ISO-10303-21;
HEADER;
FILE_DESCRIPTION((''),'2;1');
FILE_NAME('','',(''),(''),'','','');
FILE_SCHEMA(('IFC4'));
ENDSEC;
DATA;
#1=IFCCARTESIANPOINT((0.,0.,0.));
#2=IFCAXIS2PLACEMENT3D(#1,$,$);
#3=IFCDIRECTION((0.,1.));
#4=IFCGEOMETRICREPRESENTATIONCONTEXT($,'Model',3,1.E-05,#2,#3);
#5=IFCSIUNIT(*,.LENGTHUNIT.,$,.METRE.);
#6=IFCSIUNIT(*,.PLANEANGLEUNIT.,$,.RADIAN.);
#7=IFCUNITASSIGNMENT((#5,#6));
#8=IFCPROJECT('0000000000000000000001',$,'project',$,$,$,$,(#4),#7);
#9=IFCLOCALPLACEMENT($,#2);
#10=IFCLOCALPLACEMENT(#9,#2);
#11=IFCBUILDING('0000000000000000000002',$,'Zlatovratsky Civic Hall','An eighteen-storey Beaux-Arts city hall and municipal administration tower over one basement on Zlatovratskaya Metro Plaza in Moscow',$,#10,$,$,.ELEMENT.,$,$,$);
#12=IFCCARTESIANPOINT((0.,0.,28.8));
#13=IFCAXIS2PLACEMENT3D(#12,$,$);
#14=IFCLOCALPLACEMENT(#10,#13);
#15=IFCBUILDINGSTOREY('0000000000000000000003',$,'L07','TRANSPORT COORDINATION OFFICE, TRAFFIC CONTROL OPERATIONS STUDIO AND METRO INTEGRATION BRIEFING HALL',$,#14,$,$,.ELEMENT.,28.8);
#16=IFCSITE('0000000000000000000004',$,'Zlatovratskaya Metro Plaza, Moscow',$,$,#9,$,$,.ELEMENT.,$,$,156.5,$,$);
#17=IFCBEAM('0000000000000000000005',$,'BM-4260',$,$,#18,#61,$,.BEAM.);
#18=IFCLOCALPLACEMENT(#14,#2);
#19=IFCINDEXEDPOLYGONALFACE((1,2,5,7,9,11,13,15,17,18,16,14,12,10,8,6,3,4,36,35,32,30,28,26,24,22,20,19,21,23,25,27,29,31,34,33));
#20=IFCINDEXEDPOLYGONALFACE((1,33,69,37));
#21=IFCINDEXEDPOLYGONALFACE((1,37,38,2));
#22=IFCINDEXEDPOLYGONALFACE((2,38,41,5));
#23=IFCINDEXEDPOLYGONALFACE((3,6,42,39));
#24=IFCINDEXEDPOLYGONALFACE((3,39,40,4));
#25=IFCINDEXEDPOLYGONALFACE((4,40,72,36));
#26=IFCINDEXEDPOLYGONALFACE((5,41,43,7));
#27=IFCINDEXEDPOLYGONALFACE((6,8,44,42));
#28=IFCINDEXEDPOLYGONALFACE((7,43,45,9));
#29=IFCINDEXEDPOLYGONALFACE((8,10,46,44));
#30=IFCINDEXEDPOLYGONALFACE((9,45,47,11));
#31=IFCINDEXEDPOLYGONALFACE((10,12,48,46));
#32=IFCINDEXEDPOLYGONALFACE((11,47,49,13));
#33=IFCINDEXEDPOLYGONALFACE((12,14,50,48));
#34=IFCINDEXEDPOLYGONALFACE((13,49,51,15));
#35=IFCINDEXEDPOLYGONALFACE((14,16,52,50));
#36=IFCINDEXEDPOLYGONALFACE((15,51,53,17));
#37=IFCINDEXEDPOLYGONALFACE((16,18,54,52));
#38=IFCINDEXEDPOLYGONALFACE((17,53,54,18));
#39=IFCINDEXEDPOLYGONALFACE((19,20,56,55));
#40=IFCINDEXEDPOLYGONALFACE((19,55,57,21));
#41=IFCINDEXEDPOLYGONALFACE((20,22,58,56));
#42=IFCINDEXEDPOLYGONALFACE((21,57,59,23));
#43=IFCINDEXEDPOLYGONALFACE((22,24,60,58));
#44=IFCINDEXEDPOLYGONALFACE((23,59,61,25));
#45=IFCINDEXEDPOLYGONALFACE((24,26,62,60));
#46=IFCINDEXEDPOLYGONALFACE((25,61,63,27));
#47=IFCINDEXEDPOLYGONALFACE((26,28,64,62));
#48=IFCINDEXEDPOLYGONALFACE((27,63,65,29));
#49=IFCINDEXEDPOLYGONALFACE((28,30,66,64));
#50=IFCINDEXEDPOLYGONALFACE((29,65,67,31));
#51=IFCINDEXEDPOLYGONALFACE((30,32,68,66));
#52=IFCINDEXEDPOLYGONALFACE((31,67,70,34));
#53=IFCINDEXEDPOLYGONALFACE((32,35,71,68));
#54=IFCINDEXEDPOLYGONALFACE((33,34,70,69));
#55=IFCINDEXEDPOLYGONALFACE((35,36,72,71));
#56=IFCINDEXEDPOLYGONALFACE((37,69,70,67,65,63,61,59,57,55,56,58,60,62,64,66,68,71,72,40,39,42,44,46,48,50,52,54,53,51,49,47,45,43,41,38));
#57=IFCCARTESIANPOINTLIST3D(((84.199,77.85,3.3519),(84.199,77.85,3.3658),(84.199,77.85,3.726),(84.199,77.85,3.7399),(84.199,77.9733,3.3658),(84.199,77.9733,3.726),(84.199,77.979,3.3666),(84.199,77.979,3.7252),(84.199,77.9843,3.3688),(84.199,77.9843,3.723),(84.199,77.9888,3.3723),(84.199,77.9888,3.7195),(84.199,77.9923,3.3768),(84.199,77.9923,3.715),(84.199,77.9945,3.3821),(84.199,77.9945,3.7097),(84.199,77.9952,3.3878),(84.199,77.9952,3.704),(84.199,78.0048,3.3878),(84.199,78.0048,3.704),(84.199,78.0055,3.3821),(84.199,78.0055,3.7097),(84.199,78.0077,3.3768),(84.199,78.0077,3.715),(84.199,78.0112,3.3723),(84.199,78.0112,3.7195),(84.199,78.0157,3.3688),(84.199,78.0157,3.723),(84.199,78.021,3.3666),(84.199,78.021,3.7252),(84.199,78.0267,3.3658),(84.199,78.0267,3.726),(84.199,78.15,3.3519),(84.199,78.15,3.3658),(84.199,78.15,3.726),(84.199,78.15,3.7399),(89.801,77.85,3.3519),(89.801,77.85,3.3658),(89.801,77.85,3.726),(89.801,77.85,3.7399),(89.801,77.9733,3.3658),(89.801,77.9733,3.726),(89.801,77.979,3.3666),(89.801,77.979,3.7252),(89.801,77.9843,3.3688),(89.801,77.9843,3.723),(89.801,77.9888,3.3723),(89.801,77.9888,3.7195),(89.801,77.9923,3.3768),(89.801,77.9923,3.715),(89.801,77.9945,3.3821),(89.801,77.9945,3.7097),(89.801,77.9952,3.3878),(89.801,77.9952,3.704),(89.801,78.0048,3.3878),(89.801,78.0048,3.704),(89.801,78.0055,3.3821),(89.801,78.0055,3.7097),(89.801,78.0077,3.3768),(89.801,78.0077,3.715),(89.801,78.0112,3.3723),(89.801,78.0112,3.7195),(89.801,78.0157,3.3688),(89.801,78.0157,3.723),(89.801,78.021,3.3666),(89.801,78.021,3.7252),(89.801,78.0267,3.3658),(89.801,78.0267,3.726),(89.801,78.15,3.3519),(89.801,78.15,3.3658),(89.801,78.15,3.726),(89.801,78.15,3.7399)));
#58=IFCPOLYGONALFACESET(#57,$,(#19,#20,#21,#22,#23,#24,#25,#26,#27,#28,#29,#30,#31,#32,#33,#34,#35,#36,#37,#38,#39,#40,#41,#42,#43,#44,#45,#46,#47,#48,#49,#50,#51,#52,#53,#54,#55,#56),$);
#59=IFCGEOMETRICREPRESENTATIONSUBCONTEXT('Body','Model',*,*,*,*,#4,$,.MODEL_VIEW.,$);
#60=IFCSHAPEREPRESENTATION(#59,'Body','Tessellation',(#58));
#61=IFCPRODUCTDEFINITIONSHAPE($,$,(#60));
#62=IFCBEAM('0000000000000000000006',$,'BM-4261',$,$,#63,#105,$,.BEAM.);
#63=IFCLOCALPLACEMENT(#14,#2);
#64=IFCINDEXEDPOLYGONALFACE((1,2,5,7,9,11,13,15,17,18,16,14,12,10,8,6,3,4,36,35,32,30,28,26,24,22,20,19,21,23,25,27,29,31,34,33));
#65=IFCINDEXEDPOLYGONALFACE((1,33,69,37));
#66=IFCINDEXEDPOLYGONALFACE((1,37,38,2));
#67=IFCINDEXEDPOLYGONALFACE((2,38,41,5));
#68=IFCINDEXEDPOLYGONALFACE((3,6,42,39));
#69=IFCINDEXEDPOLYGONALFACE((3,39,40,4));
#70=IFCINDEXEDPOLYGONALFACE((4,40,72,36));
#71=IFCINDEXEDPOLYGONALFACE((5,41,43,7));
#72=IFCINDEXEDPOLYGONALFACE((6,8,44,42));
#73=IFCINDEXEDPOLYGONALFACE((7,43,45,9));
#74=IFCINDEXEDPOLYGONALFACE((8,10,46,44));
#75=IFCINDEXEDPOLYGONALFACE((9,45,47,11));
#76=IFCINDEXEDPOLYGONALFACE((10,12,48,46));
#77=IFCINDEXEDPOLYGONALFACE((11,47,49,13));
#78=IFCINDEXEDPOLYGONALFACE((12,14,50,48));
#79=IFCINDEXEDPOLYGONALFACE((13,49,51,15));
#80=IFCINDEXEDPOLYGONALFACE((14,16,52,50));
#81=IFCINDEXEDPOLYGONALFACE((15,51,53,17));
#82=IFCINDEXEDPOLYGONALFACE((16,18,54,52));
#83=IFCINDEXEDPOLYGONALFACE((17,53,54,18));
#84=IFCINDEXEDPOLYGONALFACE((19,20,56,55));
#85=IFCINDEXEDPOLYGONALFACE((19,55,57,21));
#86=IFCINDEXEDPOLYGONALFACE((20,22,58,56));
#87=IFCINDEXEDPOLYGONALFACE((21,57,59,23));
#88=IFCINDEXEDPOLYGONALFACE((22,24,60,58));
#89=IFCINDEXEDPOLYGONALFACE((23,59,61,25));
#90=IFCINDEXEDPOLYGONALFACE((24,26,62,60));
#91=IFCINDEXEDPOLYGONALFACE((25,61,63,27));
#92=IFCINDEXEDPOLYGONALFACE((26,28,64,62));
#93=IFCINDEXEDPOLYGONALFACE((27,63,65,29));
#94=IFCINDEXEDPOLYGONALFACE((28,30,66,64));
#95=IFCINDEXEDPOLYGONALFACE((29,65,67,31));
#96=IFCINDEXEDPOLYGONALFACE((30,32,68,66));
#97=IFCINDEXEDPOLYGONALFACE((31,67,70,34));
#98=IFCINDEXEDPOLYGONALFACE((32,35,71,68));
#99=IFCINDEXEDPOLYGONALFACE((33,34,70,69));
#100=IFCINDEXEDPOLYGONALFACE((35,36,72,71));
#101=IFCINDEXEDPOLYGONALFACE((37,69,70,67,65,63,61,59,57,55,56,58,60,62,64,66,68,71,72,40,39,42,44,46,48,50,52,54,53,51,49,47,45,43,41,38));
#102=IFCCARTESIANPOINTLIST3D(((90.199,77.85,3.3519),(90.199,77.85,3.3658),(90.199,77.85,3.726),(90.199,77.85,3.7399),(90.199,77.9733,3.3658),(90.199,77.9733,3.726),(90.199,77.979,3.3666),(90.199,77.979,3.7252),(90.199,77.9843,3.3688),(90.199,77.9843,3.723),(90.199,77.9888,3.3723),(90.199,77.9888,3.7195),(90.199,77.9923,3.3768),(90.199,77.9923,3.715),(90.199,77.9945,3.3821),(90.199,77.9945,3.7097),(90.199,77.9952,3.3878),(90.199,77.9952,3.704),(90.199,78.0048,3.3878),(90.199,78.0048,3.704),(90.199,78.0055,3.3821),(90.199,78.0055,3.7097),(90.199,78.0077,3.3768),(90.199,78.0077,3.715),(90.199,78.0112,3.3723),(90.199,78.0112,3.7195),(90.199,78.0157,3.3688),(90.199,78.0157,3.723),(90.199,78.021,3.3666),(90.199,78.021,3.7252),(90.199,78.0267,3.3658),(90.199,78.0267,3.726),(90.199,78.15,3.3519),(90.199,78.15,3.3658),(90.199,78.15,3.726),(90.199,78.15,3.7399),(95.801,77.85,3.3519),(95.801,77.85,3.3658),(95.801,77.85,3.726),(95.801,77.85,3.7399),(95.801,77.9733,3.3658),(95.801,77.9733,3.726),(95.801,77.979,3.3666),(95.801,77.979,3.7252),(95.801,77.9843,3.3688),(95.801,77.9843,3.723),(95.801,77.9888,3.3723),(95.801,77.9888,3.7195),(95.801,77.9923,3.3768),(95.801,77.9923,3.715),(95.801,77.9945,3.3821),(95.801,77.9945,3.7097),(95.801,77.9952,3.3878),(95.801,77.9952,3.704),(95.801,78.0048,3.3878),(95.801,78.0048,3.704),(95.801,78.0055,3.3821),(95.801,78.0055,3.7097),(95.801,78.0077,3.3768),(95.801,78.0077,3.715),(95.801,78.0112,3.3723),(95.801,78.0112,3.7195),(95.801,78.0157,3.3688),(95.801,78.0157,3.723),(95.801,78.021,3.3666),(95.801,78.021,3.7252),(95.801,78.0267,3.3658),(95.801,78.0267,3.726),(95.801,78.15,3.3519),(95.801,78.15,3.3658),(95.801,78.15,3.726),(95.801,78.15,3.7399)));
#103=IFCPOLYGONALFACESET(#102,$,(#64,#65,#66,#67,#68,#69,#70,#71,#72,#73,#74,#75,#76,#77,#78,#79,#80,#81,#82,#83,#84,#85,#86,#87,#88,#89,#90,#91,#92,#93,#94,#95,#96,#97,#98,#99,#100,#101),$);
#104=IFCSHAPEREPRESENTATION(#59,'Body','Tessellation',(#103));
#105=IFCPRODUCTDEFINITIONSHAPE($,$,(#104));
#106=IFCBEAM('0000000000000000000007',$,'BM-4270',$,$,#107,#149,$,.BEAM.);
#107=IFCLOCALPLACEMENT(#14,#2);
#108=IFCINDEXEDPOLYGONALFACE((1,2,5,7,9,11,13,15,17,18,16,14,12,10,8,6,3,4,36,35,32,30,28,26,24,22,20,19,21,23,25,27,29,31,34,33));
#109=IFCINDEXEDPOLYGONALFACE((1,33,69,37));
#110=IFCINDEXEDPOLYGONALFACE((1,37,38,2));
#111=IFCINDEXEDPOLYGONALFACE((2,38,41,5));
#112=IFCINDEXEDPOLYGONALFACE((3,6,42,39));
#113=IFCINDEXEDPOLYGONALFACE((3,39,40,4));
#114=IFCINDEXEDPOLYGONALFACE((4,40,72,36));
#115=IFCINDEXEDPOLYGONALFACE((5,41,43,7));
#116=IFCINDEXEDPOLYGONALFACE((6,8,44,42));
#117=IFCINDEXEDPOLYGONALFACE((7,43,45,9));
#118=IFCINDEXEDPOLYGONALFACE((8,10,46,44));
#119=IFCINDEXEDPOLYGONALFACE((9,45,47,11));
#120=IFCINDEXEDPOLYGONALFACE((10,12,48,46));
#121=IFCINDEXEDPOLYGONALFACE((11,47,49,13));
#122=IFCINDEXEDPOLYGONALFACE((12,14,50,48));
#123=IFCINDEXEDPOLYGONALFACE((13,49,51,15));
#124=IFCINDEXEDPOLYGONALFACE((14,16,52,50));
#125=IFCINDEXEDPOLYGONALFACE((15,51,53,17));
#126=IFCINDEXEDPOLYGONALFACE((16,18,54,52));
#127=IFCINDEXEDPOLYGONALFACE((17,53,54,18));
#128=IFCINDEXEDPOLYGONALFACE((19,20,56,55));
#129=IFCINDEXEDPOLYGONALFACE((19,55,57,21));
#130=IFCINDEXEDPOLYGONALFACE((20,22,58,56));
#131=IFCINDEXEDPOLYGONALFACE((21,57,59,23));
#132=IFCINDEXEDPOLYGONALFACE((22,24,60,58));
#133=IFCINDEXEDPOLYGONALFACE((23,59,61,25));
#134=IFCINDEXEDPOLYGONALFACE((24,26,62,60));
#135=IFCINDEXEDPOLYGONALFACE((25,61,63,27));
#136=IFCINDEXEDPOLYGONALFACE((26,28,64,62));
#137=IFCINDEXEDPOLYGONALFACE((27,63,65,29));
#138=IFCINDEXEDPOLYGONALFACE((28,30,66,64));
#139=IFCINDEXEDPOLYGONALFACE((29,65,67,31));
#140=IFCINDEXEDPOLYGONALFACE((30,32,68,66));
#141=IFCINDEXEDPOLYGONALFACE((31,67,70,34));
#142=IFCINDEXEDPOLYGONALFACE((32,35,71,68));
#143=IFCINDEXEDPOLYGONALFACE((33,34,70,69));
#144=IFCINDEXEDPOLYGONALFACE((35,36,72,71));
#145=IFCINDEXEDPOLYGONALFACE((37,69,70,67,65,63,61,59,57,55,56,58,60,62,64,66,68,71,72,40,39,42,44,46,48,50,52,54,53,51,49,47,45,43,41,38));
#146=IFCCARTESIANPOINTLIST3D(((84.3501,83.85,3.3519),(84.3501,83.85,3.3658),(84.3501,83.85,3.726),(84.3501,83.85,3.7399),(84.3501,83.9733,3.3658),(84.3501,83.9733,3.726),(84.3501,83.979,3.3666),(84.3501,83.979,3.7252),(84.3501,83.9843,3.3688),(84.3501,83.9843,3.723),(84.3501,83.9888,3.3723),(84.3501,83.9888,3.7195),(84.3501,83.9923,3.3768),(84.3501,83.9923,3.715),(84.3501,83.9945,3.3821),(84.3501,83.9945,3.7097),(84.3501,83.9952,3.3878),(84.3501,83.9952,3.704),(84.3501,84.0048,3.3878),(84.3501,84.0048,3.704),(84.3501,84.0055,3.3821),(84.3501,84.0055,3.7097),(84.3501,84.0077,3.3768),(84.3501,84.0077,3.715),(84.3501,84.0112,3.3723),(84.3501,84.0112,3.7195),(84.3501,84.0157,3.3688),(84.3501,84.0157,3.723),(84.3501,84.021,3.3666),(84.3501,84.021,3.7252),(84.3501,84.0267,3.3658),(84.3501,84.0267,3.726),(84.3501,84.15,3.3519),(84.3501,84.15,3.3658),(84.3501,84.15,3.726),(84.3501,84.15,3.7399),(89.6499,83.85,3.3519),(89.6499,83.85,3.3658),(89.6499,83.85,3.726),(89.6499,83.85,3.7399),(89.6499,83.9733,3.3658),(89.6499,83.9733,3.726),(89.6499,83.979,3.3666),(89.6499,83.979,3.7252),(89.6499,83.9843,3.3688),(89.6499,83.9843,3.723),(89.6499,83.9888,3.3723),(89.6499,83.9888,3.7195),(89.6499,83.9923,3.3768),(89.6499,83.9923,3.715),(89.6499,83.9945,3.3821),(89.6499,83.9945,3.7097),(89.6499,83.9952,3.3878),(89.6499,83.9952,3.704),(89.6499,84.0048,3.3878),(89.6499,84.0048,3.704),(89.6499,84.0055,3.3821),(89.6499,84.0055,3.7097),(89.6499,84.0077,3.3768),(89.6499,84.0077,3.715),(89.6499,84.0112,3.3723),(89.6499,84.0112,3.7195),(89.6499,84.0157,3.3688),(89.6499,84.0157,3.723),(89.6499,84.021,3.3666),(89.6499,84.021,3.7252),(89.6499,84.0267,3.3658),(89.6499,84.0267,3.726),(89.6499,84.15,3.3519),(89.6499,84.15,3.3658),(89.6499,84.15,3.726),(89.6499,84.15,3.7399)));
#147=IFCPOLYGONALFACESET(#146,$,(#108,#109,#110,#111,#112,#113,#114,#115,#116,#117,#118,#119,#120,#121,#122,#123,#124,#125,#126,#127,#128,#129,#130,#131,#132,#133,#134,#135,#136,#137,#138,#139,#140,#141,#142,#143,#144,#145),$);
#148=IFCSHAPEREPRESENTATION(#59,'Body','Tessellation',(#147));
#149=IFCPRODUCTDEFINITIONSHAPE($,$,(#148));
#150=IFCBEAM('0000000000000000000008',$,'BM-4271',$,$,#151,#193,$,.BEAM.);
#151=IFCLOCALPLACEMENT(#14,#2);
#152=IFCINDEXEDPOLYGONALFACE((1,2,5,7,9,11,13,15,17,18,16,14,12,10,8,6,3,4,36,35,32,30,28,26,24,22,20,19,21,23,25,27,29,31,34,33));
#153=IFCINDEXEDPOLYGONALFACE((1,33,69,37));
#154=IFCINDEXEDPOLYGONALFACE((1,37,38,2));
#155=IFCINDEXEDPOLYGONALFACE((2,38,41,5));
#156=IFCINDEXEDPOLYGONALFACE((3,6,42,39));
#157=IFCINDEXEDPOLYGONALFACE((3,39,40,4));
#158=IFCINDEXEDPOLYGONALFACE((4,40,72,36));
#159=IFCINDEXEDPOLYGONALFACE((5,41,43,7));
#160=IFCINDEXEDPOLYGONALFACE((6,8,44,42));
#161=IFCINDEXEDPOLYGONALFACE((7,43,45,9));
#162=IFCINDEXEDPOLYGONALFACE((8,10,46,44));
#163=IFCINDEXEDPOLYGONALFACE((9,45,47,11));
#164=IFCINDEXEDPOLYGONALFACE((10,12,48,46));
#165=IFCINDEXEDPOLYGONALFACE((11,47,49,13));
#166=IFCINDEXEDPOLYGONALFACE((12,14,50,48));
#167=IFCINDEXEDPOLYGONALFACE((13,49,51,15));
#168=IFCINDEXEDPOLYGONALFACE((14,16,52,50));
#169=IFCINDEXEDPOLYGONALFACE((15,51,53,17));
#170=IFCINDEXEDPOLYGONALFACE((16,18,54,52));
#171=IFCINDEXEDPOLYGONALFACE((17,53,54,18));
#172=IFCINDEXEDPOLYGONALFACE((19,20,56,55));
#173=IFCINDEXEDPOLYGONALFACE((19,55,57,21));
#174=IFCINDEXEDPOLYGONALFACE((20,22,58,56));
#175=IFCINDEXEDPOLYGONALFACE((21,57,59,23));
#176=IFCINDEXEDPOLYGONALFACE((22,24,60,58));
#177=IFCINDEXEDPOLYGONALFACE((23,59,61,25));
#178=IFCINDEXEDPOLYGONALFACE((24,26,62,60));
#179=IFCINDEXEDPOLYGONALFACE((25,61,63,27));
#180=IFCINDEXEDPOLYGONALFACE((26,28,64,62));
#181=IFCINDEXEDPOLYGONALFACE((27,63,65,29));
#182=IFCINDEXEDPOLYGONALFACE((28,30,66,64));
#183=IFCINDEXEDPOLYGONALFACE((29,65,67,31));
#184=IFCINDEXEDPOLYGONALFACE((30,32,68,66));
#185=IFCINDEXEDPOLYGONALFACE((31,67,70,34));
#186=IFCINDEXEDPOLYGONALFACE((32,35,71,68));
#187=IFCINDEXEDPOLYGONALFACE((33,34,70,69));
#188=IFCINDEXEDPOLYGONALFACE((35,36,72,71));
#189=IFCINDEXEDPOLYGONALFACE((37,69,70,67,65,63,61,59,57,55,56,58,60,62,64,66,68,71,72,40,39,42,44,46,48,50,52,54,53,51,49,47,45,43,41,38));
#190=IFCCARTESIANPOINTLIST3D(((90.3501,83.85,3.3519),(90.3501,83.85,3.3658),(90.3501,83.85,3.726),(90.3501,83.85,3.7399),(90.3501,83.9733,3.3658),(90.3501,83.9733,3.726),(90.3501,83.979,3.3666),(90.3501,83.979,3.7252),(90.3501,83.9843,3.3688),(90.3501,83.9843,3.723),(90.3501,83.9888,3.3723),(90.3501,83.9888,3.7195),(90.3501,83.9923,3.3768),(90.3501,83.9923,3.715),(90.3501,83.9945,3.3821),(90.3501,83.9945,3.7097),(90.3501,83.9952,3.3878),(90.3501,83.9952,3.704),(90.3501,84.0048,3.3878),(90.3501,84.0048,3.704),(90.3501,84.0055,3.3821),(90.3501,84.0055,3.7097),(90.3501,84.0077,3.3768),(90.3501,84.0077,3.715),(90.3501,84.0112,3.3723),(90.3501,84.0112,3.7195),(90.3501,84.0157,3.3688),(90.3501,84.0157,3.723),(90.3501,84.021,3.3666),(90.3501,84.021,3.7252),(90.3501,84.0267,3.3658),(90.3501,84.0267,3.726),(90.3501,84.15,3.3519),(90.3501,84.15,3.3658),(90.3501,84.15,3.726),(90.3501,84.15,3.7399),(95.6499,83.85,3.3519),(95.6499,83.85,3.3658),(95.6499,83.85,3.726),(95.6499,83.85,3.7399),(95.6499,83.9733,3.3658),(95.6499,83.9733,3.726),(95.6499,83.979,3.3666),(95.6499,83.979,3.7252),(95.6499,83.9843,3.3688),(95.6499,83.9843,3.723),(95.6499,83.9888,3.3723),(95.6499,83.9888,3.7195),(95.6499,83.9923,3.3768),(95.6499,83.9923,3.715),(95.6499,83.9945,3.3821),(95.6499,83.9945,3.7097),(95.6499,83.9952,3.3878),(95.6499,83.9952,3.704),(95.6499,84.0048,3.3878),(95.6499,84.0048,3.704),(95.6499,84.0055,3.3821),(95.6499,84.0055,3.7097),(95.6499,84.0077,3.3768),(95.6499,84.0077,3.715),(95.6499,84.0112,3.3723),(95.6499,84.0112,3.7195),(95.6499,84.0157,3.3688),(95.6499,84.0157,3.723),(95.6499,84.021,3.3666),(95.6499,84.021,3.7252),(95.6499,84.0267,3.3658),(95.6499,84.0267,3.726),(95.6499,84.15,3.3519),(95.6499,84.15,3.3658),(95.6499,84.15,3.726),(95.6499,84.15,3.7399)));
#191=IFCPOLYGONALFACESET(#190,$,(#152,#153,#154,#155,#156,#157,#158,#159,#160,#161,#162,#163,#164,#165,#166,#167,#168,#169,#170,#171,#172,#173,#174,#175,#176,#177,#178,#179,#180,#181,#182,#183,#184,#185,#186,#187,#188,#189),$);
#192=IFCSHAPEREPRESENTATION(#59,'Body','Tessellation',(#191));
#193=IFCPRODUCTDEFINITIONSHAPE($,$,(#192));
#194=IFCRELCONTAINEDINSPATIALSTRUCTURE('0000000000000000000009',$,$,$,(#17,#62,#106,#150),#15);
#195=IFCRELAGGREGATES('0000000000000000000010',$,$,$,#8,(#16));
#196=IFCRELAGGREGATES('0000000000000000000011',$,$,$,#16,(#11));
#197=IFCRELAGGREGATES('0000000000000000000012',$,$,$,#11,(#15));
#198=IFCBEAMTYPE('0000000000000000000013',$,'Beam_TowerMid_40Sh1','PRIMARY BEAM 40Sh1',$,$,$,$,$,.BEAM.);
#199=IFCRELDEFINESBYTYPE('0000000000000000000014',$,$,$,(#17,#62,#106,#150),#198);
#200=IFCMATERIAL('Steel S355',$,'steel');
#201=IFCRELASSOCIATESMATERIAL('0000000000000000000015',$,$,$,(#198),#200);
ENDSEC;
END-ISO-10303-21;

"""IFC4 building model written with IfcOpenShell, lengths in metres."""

from ifc_helpers import new_model, si_unit, direction, frame, origin, origin_2d, place, context, subcontext, project, spatial, i_section, extrude, material, material_profile, profile_set, type_object, element, save


model = new_model("IFC4")

# Units and contexts
model_context = context("Model", 3, precision=1e-05, world=origin(), true_north=direction((0.0, 1.0)))
body_context = subcontext(model_context, "Body", "Model", "MODEL_VIEW")
ifc_project = project(units=[si_unit("LENGTHUNIT", "METRE"), si_unit("PLANEANGLEUNIT", "RADIAN")], contexts=[model_context])

# Site, building, storey
site_placement = place(None, origin())
site = spatial("IfcSite", under=ifc_project, at=site_placement, Name="Zlatovratskaya Metro Plaza, Moscow", CompositionType="ELEMENT", RefElevation=156.5)
building_placement = place(site_placement, origin())
building = spatial("IfcBuilding", under=site, at=building_placement, Name="Zlatovratsky Civic Hall", Description="An eighteen-storey Beaux-Arts city hall and municipal administration tower over one basement on Zlatovratskaya Metro Plaza in Moscow", CompositionType="ELEMENT")
storey_placement = place(building_placement, frame((0.0, 0.0, 28.8)))
storey = spatial("IfcBuildingStorey", under=building, at=storey_placement, Name="L07", Description="TRANSPORT COORDINATION OFFICE, TRAFFIC CONTROL OPERATIONS STUDIO AND METRO INTEGRATION BRIEFING HALL", CompositionType="ELEMENT", Elevation=28.8)

# Shared definitions
ifc_material_1 = material(Name="Steel S355", Category="steel")

# Beams
ifc_material_profile_1 = material_profile(ifc_material_1, i_section(OverallWidth=0.3, OverallDepth=0.3879, WebThickness=0.0095, FlangeThickness=0.0139, FilletRadius=0.022, at=origin_2d()), Name="40Sh1")
ifc_profile_set_1 = profile_set([ifc_material_profile_1], Name="Steel S355")
beam_type = type_object("IfcBeamType", Name="Beam_TowerMid_40Sh1", Description="PRIMARY BEAM 40Sh1", PredefinedType="BEAM", material=ifc_profile_set_1)
for number, where, z_axis, x_axis, name in (
    (1, (84.199, 78.0, 3.5459), (1.0, 0.0, 0.0), (0.0, 1.0, 0.0), "BM-4260"),
    (2, (90.199, 78.0, 3.5459), (1.0, 0.0, 0.0), (0.0, 1.0, 0.0), "BM-4261"),
):
    element("IfcBeam", number, at=place(storey_placement, frame(where, z_axis=z_axis, x_axis=x_axis)), inside=storey, type_object=beam_type, Name=name, PredefinedType="BEAM", context=body_context, shape_type="SweptSolid", body=[
        extrude(i_section(OverallWidth=0.3, OverallDepth=0.3879, WebThickness=0.0095, FlangeThickness=0.0139, FilletRadius=0.022, at=origin_2d()), origin(), (0.0, 0.0, 1.0), 5.6021),
    ])
for number, where, z_axis, x_axis, name in (
    (3, (84.3501, 84.0, 3.5459), (1.0, 0.0, 0.0), (0.0, 1.0, 0.0), "BM-4270"),
    (4, (90.3501, 84.0, 3.5459), (1.0, 0.0, 0.0), (0.0, 1.0, 0.0), "BM-4271"),
):
    element("IfcBeam", number, at=place(storey_placement, frame(where, z_axis=z_axis, x_axis=x_axis)), inside=storey, type_object=beam_type, Name=name, PredefinedType="BEAM", context=body_context, shape_type="SweptSolid", body=[
        extrude(i_section(OverallWidth=0.3, OverallDepth=0.3879, WebThickness=0.0095, FlangeThickness=0.0139, FilletRadius=0.022, at=origin_2d()), origin(), (0.0, 0.0, 1.0), 5.2998),
    ])

save(model, "model.ifc")
